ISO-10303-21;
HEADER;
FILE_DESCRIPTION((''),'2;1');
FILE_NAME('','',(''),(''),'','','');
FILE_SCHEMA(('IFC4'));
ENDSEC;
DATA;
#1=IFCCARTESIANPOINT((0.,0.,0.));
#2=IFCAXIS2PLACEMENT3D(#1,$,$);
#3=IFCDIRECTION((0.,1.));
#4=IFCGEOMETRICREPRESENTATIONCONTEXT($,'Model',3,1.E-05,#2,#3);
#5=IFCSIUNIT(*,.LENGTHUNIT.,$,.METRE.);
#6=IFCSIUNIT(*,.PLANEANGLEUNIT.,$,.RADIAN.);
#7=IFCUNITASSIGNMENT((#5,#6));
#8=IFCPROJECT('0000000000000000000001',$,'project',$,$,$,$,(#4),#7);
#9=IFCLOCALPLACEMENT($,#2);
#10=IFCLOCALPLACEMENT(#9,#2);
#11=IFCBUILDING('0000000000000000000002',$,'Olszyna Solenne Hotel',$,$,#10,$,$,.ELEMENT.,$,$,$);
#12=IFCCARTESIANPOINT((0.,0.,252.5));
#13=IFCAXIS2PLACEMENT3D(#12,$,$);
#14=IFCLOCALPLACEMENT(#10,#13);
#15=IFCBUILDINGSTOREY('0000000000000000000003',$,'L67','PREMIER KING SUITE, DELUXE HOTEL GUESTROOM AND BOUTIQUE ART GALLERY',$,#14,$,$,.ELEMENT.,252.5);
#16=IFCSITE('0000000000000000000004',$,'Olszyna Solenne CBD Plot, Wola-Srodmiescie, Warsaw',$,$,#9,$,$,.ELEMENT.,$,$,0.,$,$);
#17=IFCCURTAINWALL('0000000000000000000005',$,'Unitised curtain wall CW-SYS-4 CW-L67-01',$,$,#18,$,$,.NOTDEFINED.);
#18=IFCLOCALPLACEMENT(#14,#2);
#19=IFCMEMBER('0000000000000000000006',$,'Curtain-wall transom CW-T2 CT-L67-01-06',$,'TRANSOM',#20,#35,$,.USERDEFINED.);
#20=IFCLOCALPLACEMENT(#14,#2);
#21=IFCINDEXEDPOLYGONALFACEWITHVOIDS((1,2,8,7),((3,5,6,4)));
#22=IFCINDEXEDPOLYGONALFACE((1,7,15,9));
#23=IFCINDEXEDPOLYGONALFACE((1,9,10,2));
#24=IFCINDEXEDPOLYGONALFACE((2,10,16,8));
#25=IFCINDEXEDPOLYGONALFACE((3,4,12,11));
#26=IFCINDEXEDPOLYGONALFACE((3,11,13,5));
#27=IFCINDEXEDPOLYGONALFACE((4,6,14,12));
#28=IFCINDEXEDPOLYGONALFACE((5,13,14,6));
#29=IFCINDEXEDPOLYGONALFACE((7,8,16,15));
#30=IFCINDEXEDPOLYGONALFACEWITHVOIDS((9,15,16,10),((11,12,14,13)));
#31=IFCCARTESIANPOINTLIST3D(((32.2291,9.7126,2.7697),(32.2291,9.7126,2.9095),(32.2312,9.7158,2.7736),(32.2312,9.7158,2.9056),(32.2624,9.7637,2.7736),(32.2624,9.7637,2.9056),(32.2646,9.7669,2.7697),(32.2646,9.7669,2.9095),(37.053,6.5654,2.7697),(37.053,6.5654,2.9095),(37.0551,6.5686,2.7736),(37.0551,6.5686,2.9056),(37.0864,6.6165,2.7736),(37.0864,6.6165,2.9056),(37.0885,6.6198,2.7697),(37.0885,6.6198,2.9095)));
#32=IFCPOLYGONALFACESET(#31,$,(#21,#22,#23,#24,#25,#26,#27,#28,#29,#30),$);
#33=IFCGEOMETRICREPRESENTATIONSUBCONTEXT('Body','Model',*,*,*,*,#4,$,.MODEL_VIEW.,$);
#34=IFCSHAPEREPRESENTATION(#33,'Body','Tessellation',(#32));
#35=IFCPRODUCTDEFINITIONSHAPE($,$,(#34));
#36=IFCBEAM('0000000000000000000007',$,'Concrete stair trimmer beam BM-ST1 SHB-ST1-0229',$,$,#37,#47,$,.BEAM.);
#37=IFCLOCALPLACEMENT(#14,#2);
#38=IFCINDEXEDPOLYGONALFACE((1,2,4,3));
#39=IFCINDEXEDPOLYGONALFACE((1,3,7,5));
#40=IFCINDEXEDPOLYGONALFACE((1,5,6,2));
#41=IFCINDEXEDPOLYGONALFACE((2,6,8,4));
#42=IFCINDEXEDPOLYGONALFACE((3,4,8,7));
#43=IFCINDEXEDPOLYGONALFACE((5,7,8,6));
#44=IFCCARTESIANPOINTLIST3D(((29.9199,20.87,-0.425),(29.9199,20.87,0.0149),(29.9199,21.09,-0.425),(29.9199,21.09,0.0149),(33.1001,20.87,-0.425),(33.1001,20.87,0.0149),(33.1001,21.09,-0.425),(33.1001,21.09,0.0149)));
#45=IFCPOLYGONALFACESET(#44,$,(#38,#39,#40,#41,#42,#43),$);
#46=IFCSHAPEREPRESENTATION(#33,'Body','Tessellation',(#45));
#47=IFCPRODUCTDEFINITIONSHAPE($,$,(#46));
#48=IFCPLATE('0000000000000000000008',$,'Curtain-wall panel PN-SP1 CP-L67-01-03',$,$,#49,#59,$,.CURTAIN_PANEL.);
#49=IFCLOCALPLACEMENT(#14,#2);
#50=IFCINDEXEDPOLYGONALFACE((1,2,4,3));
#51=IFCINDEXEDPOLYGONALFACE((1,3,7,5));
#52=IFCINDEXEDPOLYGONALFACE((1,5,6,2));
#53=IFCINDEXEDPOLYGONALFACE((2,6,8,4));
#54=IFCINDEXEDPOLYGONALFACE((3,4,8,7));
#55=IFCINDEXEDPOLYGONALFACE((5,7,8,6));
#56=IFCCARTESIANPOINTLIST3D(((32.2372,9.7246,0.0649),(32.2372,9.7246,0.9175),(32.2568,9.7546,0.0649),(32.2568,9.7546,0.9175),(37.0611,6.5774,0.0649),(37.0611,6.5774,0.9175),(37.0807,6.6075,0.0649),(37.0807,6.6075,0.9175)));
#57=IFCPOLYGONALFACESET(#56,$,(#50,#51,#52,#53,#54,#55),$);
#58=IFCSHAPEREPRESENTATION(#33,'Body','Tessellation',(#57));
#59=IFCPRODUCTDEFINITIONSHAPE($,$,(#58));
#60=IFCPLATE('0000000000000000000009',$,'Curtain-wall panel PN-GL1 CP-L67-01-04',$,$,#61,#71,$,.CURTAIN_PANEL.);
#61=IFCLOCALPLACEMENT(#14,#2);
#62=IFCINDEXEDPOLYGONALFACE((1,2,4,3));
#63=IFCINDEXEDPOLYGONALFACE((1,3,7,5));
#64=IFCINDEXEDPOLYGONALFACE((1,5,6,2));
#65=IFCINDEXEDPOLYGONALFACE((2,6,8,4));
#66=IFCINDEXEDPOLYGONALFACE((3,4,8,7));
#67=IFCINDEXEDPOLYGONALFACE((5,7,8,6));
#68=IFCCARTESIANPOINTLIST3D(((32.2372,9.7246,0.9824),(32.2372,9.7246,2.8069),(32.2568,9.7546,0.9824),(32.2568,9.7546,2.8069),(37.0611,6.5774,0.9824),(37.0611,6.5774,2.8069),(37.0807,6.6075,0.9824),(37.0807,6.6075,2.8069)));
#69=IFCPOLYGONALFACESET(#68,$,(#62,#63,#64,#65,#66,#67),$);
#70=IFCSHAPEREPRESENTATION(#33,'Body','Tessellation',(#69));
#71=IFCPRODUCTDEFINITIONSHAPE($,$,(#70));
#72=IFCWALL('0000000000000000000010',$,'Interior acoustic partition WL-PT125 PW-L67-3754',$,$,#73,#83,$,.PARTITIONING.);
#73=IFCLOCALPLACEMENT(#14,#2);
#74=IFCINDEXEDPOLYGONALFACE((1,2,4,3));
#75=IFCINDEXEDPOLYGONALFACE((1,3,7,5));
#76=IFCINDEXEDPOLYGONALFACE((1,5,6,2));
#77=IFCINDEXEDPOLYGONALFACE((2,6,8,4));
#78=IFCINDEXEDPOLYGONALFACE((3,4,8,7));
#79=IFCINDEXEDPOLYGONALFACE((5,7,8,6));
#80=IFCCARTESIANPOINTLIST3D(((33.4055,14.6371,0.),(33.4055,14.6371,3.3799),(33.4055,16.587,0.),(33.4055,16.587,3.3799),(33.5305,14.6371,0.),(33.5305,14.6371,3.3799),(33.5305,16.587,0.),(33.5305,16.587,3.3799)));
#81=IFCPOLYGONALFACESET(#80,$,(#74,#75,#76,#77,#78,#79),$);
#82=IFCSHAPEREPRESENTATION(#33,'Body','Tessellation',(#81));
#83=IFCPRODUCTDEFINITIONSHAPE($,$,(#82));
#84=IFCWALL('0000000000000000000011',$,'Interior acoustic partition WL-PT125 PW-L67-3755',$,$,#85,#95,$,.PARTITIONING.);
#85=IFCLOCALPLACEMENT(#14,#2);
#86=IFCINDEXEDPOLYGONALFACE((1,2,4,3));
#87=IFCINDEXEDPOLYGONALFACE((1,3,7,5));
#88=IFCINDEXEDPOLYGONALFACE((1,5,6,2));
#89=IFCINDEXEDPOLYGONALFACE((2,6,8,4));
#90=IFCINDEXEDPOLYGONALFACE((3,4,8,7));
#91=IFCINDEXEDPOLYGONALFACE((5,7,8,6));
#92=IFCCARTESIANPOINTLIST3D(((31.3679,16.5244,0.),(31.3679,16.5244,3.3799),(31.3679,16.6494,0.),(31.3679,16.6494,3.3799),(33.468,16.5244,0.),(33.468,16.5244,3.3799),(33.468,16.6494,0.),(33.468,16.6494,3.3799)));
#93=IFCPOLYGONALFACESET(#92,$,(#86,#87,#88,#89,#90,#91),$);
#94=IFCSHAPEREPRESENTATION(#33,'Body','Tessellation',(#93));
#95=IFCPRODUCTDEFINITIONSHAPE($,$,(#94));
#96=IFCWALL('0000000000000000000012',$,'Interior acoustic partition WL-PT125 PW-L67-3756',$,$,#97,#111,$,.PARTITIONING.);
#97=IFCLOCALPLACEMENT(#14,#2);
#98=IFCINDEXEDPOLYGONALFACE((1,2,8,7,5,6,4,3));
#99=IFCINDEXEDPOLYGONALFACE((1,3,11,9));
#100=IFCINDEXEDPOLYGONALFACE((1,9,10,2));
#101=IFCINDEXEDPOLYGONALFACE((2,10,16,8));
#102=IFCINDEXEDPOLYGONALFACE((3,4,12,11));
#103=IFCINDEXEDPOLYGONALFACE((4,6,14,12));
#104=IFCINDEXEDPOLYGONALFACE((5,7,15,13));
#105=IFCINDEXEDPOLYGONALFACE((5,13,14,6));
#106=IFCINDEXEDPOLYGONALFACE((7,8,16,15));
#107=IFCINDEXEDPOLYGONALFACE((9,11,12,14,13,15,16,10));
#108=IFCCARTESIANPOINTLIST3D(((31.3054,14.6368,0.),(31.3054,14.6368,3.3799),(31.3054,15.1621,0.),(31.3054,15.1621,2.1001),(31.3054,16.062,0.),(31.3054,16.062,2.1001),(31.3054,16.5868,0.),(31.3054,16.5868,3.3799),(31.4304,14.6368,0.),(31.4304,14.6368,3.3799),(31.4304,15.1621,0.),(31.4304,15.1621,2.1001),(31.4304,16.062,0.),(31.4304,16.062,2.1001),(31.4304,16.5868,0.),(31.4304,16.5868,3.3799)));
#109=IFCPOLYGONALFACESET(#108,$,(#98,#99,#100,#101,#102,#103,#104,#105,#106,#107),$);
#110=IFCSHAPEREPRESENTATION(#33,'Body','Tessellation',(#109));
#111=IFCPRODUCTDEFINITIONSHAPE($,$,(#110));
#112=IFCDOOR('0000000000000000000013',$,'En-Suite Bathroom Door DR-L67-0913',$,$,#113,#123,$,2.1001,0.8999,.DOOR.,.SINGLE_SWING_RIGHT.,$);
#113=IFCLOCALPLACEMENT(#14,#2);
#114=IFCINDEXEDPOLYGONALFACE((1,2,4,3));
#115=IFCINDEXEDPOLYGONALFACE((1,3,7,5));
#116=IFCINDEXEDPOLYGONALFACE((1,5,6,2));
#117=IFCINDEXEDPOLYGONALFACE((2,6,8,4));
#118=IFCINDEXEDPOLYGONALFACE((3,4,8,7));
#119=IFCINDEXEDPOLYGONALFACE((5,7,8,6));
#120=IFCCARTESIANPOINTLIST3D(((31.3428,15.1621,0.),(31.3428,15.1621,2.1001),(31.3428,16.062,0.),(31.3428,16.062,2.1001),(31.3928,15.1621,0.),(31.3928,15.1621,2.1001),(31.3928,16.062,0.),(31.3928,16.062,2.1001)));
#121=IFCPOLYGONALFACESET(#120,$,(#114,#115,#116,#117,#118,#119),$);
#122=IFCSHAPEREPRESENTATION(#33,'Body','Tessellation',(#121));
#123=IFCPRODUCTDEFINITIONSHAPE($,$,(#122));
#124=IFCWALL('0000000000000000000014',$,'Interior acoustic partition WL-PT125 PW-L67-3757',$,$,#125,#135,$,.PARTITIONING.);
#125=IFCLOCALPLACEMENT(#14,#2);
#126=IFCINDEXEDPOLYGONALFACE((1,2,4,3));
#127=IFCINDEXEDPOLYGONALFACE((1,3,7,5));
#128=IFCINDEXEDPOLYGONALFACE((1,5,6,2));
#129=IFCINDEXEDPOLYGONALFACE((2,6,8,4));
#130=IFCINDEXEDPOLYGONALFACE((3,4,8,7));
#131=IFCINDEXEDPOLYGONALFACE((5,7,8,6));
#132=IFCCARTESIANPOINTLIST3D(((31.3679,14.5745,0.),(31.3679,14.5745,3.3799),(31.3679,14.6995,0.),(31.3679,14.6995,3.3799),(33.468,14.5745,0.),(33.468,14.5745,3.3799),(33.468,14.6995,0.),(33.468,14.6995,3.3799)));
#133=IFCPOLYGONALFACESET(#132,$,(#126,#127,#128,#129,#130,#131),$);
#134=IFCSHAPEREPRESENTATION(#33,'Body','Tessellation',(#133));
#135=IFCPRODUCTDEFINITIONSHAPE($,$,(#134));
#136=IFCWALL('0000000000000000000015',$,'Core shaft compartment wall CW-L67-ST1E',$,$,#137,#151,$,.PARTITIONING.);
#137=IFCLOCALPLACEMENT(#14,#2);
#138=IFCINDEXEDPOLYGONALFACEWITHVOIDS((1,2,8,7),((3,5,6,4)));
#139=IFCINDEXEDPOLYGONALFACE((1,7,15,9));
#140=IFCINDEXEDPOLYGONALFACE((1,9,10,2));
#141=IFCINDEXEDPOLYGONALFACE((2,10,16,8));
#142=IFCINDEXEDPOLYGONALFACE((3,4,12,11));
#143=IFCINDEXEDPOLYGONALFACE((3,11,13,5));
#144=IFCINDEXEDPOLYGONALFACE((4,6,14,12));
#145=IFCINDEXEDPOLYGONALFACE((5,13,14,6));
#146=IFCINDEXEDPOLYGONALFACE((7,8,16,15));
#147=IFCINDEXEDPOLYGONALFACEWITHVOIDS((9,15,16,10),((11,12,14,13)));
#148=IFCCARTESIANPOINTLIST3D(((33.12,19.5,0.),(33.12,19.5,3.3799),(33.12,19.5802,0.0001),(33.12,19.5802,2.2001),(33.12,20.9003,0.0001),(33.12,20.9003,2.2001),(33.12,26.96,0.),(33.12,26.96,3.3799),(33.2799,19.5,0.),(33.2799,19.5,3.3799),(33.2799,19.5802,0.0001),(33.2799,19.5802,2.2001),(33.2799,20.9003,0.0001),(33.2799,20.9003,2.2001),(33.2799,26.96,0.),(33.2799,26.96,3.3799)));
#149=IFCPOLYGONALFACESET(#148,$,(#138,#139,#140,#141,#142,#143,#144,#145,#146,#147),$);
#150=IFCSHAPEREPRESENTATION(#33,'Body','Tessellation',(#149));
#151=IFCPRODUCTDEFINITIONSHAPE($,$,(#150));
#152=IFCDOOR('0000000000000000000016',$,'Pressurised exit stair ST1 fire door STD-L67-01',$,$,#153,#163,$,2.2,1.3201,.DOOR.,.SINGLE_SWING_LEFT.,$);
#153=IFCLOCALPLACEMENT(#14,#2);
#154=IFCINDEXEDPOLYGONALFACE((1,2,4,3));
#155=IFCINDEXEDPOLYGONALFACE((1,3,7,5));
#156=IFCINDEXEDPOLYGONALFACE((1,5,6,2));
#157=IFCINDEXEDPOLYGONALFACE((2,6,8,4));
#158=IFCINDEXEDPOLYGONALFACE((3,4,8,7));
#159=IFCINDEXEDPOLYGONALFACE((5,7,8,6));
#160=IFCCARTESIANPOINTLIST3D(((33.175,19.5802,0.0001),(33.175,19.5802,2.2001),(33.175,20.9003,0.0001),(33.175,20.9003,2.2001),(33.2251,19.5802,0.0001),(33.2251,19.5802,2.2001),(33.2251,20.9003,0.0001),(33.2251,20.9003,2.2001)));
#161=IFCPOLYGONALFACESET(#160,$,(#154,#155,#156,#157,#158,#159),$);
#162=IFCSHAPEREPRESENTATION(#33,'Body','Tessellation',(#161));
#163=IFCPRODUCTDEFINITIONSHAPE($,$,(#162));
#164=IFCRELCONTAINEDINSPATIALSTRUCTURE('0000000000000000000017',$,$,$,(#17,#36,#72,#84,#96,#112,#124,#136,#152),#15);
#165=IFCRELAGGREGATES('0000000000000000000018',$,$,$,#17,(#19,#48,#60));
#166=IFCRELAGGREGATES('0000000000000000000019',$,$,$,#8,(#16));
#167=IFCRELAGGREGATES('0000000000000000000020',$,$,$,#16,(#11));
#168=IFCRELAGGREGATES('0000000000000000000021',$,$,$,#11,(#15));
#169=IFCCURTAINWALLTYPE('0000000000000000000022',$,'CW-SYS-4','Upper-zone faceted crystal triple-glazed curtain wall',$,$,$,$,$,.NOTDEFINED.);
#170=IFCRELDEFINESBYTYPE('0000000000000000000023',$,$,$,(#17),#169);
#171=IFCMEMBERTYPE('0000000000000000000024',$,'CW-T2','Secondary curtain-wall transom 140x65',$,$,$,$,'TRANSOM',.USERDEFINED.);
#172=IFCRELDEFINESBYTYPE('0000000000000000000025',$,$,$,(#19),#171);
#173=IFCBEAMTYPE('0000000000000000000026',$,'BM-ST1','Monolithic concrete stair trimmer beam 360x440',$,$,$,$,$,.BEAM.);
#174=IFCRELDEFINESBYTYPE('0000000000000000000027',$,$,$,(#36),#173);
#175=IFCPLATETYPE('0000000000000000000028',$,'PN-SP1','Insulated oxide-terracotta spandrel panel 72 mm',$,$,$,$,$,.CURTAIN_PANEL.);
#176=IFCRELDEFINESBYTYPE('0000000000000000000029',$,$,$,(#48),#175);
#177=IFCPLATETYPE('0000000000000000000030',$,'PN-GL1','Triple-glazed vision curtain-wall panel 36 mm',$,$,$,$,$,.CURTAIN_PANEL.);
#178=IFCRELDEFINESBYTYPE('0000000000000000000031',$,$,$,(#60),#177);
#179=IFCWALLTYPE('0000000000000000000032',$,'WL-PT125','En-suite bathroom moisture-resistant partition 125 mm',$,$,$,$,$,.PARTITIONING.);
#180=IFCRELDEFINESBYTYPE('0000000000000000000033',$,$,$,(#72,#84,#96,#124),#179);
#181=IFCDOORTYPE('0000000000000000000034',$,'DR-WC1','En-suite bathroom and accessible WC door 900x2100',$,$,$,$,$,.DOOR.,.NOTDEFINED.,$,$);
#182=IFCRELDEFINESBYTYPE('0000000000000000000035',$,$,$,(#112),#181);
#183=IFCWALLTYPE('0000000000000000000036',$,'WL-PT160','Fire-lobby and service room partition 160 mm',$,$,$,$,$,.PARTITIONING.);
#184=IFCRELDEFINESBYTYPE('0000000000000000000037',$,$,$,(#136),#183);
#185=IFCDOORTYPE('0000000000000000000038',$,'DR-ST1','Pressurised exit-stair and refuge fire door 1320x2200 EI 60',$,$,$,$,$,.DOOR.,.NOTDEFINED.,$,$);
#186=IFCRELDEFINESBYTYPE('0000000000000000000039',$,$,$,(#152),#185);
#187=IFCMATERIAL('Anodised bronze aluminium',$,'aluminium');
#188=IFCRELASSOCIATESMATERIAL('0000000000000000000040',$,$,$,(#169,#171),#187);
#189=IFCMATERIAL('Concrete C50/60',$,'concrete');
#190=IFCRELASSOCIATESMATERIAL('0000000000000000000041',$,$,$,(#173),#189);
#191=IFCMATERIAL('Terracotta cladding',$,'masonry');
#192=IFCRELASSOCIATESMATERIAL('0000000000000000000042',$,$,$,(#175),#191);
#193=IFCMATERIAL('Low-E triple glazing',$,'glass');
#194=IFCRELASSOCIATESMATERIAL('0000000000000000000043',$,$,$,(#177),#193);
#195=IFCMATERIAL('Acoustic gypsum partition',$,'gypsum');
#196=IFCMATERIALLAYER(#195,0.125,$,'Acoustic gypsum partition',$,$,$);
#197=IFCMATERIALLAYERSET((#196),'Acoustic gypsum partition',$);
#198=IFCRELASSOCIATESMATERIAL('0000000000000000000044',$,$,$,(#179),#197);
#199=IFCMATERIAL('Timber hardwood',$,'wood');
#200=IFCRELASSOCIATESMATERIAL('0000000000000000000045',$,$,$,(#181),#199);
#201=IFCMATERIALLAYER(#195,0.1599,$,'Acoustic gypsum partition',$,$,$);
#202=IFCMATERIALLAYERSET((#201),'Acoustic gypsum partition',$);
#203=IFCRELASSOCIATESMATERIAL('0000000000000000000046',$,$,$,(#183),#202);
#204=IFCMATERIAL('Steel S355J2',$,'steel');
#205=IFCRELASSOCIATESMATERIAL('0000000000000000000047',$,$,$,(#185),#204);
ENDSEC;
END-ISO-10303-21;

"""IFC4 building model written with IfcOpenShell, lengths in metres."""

from ifc_helpers import new_model, si_unit, direction, frame, frame_2d, origin, origin_2d, place, context, subcontext, project, spatial, rectangle, hollow_rectangle, extrude, source, transform, mapped, material, layer, layer_set, material_profile, profile_set, type_object, type_shapes, element, fill, aggregate, save


model = new_model("IFC4")

# Units and contexts
model_context = context("Model", 3, precision=1e-05, world=origin(), true_north=direction((0.0, 1.0)))
body_context = subcontext(model_context, "Body", "Model", "MODEL_VIEW")
ifc_project = project(units=[si_unit("LENGTHUNIT", "METRE"), si_unit("PLANEANGLEUNIT", "RADIAN")], contexts=[model_context])

# Site, building, storey
site_placement = place(None, origin())
site = spatial("IfcSite", under=ifc_project, at=site_placement, Name="Olszyna Solenne CBD Plot, Wola-Srodmiescie, Warsaw", CompositionType="ELEMENT", RefElevation=0.0)
building_placement = place(site_placement, origin())
building = spatial("IfcBuilding", under=site, at=building_placement, Name="Olszyna Solenne Hotel", CompositionType="ELEMENT")
storey_placement = place(building_placement, frame((0.0, 0.0, 252.5)))
storey = spatial("IfcBuildingStorey", under=building, at=storey_placement, Name="L67", Description="PREMIER KING SUITE, DELUXE HOTEL GUESTROOM AND BOUTIQUE ART GALLERY", CompositionType="ELEMENT", Elevation=252.5)

# Shared definitions
ifc_material_1 = material(Name="Steel S355J2", Category="steel")

# Curtain wall, member
ifc_material_2 = material(Name="Anodised bronze aluminium", Category="aluminium")
curtain_wall_type = type_object("IfcCurtainWallType", Name="CW-SYS-4", Description="Upper-zone faceted crystal triple-glazed curtain wall", PredefinedType="NOTDEFINED", material=ifc_material_2)
curtain_wall_placement = place(storey_placement, origin())
curtain_wall = element("IfcCurtainWall", 1, at=curtain_wall_placement, inside=storey, type_object=curtain_wall_type, Name="Unitised curtain wall CW-SYS-4 CW-L67-01", PredefinedType="NOTDEFINED")
ifc_material_profile_1 = material_profile(ifc_material_2, hollow_rectangle(XDim=0.0649, YDim=0.1399, WallThickness=0.0039, at=origin_2d()), Name="TRAN 140x65x4", Category="load-bearing")
ifc_profile_set_1 = profile_set([ifc_material_profile_1], Name="Anodised bronze aluminium")
member_type_1 = type_object("IfcMemberType", Name="CW-T2", Description="Secondary curtain-wall transom 140x65", ElementType="TRANSOM", PredefinedType="USERDEFINED", material=ifc_profile_set_1)
shared_shape_1 = source(origin(), body_context, "Body", "SweptSolid", [
    extrude(hollow_rectangle(XDim=0.0649, YDim=0.1399, WallThickness=0.0039, at=origin_2d()), origin(), (0.0, 0.0, 1.0), 5.7598),
])
member_1_placement = place(storey_placement, frame((32.2468, 9.7397, 2.8396), z_axis=(0.83752, -0.546407, 0.0), x_axis=(0.546407, 0.83752, 0.0)))
member_1 = element("IfcMember", 2, at=member_1_placement, type_object=member_type_1, Name="Curtain-wall transom CW-T2 CT-L67-01-06", ObjectType="TRANSOM", PredefinedType="USERDEFINED", context=body_context, shape_type="MappedRepresentation", body=[
    mapped(shared_shape_1, transform((0.0, 0.0, 0.0), x_axis=(1.0, 0.0, 0.0), y_axis=(0.0, 1.0, 0.0), z_axis=(0.0, 0.0, 1.0), scale=1.0)),
])

# Beam
ifc_material_3 = material(Name="Concrete C50/60", Category="concrete")
ifc_material_profile_2 = material_profile(ifc_material_3, rectangle(XDim=0.22, YDim=0.4399, at=origin_2d()), Name="RC 220x440", Category="load-bearing")
ifc_profile_set_2 = profile_set([ifc_material_profile_2], Name="Concrete C50/60")
beam_type_1 = type_object("IfcBeamType", Name="BM-ST1", Description="Monolithic concrete stair trimmer beam 360x440", PredefinedType="BEAM", material=ifc_profile_set_2)
shared_shape_2 = source(origin(), body_context, "Body", "SweptSolid", [
    extrude(rectangle(XDim=0.22, YDim=0.4399, at=origin_2d()), origin(), (0.0, 0.0, 1.0), 3.1802),
])
beam_1_placement = place(storey_placement, frame((33.1001, 20.98, -0.2051), z_axis=(-1.0, 0.0, 0.0), x_axis=(0.0, -1.0, 0.0)))
element("IfcBeam", 3, at=beam_1_placement, inside=storey, type_object=beam_type_1, Name="Concrete stair trimmer beam BM-ST1 SHB-ST1-0229", PredefinedType="BEAM", context=body_context, shape_type="MappedRepresentation", body=[
    mapped(shared_shape_2, transform((0.0, 0.0, 0.0), x_axis=(1.0, 0.0, 0.0), y_axis=(0.0, 1.0, 0.0), z_axis=(0.0, 0.0, 1.0), scale=1.0)),
])

# Plates
ifc_material_4 = material(Name="Terracotta cladding", Category="masonry")
plate_type_1 = type_object("IfcPlateType", Name="PN-SP1", Description="Insulated oxide-terracotta spandrel panel 72 mm", PredefinedType="CURTAIN_PANEL", material=ifc_material_4)
shared_shape_3 = source(origin(), body_context, "Body", "SweptSolid", [
    extrude(rectangle(XDim=5.7598, YDim=0.0359, at=origin_2d()), origin(), (0.0, 0.0, 1.0), 0.8525),
])
plate_1_placement = place(storey_placement, frame((34.6589, 8.166, 0.0649), z_axis=(0.0, 0.0, 1.0), x_axis=(0.837519, -0.546408, 0.0)))
plate_1 = element("IfcPlate", 4, at=plate_1_placement, type_object=plate_type_1, Name="Curtain-wall panel PN-SP1 CP-L67-01-03", PredefinedType="CURTAIN_PANEL", context=body_context, shape_type="MappedRepresentation", body=[
    mapped(shared_shape_3, transform((0.0, 0.0, 0.0), x_axis=(1.0, 0.0, 0.0), y_axis=(0.0, 1.0, 0.0), z_axis=(0.0, 0.0, 1.0), scale=1.0)),
])
ifc_material_5 = material(Name="Low-E triple glazing", Category="glass")
plate_type_2 = type_object("IfcPlateType", Name="PN-GL1", Description="Triple-glazed vision curtain-wall panel 36 mm", PredefinedType="CURTAIN_PANEL", material=ifc_material_5)
shared_shape_4 = source(origin(), body_context, "Body", "SweptSolid", [
    extrude(rectangle(XDim=5.7598, YDim=0.0359, at=origin_2d()), origin(), (0.0, 0.0, 1.0), 1.8245),
])
plate_2_placement = place(storey_placement, frame((34.6589, 8.166, 0.9824), z_axis=(0.0, 0.0, 1.0), x_axis=(0.837519, -0.546408, 0.0)))
plate_2 = element("IfcPlate", 5, at=plate_2_placement, type_object=plate_type_2, Name="Curtain-wall panel PN-GL1 CP-L67-01-04", PredefinedType="CURTAIN_PANEL", context=body_context, shape_type="MappedRepresentation", body=[
    mapped(shared_shape_4, transform((0.0, 0.0, 0.0), x_axis=(1.0, 0.0, 0.0), y_axis=(0.0, 1.0, 0.0), z_axis=(0.0, 0.0, 1.0), scale=1.0)),
])
aggregate(curtain_wall, [member_1, plate_1, plate_2])

# Walls
ifc_material_6 = material(Name="Acoustic gypsum partition", Category="gypsum")
ifc_layer_1 = layer(ifc_material_6, 0.125, Name="Acoustic gypsum partition")
ifc_layer_set_1 = layer_set([ifc_layer_1], Name="Acoustic gypsum partition")
wall_type_1 = type_object("IfcWallType", Name="WL-PT125", Description="En-suite bathroom moisture-resistant partition 125 mm", PredefinedType="PARTITIONING", material=ifc_layer_set_1)
wall_1_placement = place(storey_placement, frame((33.468, 14.637, 0.0), z_axis=(0.0, 0.0, 1.0), x_axis=(0.0, 1.0, 0.0)))
element("IfcWall", 6, at=wall_1_placement, inside=storey, type_object=wall_type_1, Name="Interior acoustic partition WL-PT125 PW-L67-3754", PredefinedType="PARTITIONING", context=body_context, shape_type="SweptSolid", body=[
    extrude(rectangle(XDim=1.95, YDim=0.125, at=frame_2d((0.9751, 0.0))), origin(), (0.0, 0.0, 1.0), 3.3799),
])
wall_2_placement = place(storey_placement, frame((33.468, 16.5869, 0.0), z_axis=(0.0, 0.0, 1.0), x_axis=(-1.0, 0.0, 0.0)))
element("IfcWall", 7, at=wall_2_placement, inside=storey, type_object=wall_type_1, Name="Interior acoustic partition WL-PT125 PW-L67-3755", PredefinedType="PARTITIONING", context=body_context, shape_type="SweptSolid", body=[
    extrude(rectangle(XDim=2.1001, YDim=0.125, at=frame_2d((1.05, 0.0))), origin(), (0.0, 0.0, 1.0), 3.3799),
])

# Wall, opening, door
wall_3_placement = place(storey_placement, frame((31.3679, 16.5869, 0.0), z_axis=(0.0, 0.0, 1.0), x_axis=(0.0, -1.0, 0.0)))
wall_3 = element("IfcWall", 8, at=wall_3_placement, inside=storey, type_object=wall_type_1, Name="Interior acoustic partition WL-PT125 PW-L67-3756", PredefinedType="PARTITIONING", context=body_context, shape_type="SweptSolid", body=[
    extrude(rectangle(XDim=1.95, YDim=0.125, at=frame_2d((0.9751, 0.0))), origin(), (0.0, 0.0, 1.0), 3.3799),
])
opening_1_placement = place(wall_3_placement, frame((0.5249, 0.0, 0.0)))
opening_1 = element("IfcOpeningElement", 9, at=opening_1_placement, cuts=wall_3, PredefinedType="OPENING", context=body_context, shape_type="SweptSolid", body=[
    extrude(rectangle(XDim=0.8999, YDim=2.1001, at=frame_2d((0.45, 1.05))), frame((0.0, 0.0725, 0.0), z_axis=(0.0, -1.0, 0.0), x_axis=(1.0, 0.0, 0.0)), (0.0, 0.0, 1.0), 0.145),
])
ifc_material_7 = material(Name="Timber hardwood", Category="wood")
door_type_1 = type_object("IfcDoorType", Name="DR-WC1", Description="En-suite bathroom and accessible WC door 900x2100", OperationType="NOTDEFINED", PredefinedType="DOOR", material=ifc_material_7)
shared_shape_5 = source(origin(), body_context, "Body", "SweptSolid", [
    extrude(rectangle(XDim=0.8999, YDim=2.1001, at=frame_2d((0.45, 1.05))), frame((0.0, 0.0249, 0.0), z_axis=(0.0, -1.0, 0.0), x_axis=(1.0, 0.0, 0.0)), (0.0, 0.0, 1.0), 0.05),
])
type_shapes(door_type_1, [shared_shape_5])
door_1_placement = place(opening_1_placement, origin())
door_1 = element("IfcDoor", 10, at=door_1_placement, inside=storey, type_object=door_type_1, Name="En-Suite Bathroom Door DR-L67-0913", OperationType="SINGLE_SWING_RIGHT", OverallHeight=2.1001, OverallWidth=0.8999, PredefinedType="DOOR", context=body_context, shape_type="MappedRepresentation", body=[
    mapped(shared_shape_5, transform((0.0, 0.0, 0.0), x_axis=(1.0, 0.0, 0.0), y_axis=(0.0, 1.0, 0.0), z_axis=(0.0, 0.0, 1.0), scale=1.0)),
])
fill(opening_1, door_1)

# Wall
wall_4_placement = place(storey_placement, frame((31.3679, 14.637, 0.0), z_axis=(0.0, 0.0, 1.0), x_axis=(1.0, 0.0, 0.0)))
element("IfcWall", 11, at=wall_4_placement, inside=storey, type_object=wall_type_1, Name="Interior acoustic partition WL-PT125 PW-L67-3757", PredefinedType="PARTITIONING", context=body_context, shape_type="SweptSolid", body=[
    extrude(rectangle(XDim=2.1001, YDim=0.125, at=frame_2d((1.05, 0.0))), origin(), (0.0, 0.0, 1.0), 3.3799),
])

# Wall, opening, door
ifc_layer_2 = layer(ifc_material_6, 0.1599, Name="Acoustic gypsum partition")
ifc_layer_set_2 = layer_set([ifc_layer_2], Name="Acoustic gypsum partition")
wall_type_2 = type_object("IfcWallType", Name="WL-PT160", Description="Fire-lobby and service room partition 160 mm", PredefinedType="PARTITIONING", material=ifc_layer_set_2)
wall_5_placement = place(storey_placement, frame((33.2, 19.5, 0.0), z_axis=(0.0, 0.0, 1.0), x_axis=(0.0, 1.0, 0.0)))
wall_5 = element("IfcWall", 12, at=wall_5_placement, inside=storey, type_object=wall_type_2, Name="Core shaft compartment wall CW-L67-ST1E", PredefinedType="PARTITIONING", context=body_context, shape_type="SweptSolid", body=[
    extrude(rectangle(XDim=7.46, YDim=0.1599, at=frame_2d((3.73, 0.0))), origin(), (0.0, 0.0, 1.0), 3.3799),
])
opening_2_placement = place(wall_5_placement, frame((0.0801, 0.0, 0.0)))
opening_2 = element("IfcOpeningElement", 13, at=opening_2_placement, cuts=wall_5, PredefinedType="OPENING", context=body_context, shape_type="SweptSolid", body=[
    extrude(rectangle(XDim=1.3201, YDim=2.2, at=frame_2d((0.6602, 1.1001))), frame((0.0, 0.0898, 0.0), z_axis=(0.0, -1.0, 0.0), x_axis=(1.0, 0.0, 0.0)), (0.0, 0.0, 1.0), 0.1799),
])
door_type_2 = type_object("IfcDoorType", Name="DR-ST1", Description="Pressurised exit-stair and refuge fire door 1320x2200 EI 60", OperationType="NOTDEFINED", PredefinedType="DOOR", material=ifc_material_1)
shared_shape_6 = source(origin(), body_context, "Body", "SweptSolid", [
    extrude(rectangle(XDim=1.3201, YDim=2.2, at=frame_2d((0.6602, 1.1001))), frame((0.0, 0.0249, 0.0), z_axis=(0.0, -1.0, 0.0), x_axis=(1.0, 0.0, 0.0)), (0.0, 0.0, 1.0), 0.05),
])
type_shapes(door_type_2, [shared_shape_6])
door_2_placement = place(opening_2_placement, origin())
door_2 = element("IfcDoor", 14, at=door_2_placement, inside=storey, type_object=door_type_2, Name="Pressurised exit stair ST1 fire door STD-L67-01", OperationType="SINGLE_SWING_LEFT", OverallHeight=2.2, OverallWidth=1.3201, PredefinedType="DOOR", context=body_context, shape_type="MappedRepresentation", body=[
    mapped(shared_shape_6, transform((0.0, 0.0, 0.0), x_axis=(1.0, 0.0, 0.0), y_axis=(0.0, 1.0, 0.0), z_axis=(0.0, 0.0, 1.0), scale=1.0)),
])
fill(opening_2, door_2)

save(model, "model.ifc")
